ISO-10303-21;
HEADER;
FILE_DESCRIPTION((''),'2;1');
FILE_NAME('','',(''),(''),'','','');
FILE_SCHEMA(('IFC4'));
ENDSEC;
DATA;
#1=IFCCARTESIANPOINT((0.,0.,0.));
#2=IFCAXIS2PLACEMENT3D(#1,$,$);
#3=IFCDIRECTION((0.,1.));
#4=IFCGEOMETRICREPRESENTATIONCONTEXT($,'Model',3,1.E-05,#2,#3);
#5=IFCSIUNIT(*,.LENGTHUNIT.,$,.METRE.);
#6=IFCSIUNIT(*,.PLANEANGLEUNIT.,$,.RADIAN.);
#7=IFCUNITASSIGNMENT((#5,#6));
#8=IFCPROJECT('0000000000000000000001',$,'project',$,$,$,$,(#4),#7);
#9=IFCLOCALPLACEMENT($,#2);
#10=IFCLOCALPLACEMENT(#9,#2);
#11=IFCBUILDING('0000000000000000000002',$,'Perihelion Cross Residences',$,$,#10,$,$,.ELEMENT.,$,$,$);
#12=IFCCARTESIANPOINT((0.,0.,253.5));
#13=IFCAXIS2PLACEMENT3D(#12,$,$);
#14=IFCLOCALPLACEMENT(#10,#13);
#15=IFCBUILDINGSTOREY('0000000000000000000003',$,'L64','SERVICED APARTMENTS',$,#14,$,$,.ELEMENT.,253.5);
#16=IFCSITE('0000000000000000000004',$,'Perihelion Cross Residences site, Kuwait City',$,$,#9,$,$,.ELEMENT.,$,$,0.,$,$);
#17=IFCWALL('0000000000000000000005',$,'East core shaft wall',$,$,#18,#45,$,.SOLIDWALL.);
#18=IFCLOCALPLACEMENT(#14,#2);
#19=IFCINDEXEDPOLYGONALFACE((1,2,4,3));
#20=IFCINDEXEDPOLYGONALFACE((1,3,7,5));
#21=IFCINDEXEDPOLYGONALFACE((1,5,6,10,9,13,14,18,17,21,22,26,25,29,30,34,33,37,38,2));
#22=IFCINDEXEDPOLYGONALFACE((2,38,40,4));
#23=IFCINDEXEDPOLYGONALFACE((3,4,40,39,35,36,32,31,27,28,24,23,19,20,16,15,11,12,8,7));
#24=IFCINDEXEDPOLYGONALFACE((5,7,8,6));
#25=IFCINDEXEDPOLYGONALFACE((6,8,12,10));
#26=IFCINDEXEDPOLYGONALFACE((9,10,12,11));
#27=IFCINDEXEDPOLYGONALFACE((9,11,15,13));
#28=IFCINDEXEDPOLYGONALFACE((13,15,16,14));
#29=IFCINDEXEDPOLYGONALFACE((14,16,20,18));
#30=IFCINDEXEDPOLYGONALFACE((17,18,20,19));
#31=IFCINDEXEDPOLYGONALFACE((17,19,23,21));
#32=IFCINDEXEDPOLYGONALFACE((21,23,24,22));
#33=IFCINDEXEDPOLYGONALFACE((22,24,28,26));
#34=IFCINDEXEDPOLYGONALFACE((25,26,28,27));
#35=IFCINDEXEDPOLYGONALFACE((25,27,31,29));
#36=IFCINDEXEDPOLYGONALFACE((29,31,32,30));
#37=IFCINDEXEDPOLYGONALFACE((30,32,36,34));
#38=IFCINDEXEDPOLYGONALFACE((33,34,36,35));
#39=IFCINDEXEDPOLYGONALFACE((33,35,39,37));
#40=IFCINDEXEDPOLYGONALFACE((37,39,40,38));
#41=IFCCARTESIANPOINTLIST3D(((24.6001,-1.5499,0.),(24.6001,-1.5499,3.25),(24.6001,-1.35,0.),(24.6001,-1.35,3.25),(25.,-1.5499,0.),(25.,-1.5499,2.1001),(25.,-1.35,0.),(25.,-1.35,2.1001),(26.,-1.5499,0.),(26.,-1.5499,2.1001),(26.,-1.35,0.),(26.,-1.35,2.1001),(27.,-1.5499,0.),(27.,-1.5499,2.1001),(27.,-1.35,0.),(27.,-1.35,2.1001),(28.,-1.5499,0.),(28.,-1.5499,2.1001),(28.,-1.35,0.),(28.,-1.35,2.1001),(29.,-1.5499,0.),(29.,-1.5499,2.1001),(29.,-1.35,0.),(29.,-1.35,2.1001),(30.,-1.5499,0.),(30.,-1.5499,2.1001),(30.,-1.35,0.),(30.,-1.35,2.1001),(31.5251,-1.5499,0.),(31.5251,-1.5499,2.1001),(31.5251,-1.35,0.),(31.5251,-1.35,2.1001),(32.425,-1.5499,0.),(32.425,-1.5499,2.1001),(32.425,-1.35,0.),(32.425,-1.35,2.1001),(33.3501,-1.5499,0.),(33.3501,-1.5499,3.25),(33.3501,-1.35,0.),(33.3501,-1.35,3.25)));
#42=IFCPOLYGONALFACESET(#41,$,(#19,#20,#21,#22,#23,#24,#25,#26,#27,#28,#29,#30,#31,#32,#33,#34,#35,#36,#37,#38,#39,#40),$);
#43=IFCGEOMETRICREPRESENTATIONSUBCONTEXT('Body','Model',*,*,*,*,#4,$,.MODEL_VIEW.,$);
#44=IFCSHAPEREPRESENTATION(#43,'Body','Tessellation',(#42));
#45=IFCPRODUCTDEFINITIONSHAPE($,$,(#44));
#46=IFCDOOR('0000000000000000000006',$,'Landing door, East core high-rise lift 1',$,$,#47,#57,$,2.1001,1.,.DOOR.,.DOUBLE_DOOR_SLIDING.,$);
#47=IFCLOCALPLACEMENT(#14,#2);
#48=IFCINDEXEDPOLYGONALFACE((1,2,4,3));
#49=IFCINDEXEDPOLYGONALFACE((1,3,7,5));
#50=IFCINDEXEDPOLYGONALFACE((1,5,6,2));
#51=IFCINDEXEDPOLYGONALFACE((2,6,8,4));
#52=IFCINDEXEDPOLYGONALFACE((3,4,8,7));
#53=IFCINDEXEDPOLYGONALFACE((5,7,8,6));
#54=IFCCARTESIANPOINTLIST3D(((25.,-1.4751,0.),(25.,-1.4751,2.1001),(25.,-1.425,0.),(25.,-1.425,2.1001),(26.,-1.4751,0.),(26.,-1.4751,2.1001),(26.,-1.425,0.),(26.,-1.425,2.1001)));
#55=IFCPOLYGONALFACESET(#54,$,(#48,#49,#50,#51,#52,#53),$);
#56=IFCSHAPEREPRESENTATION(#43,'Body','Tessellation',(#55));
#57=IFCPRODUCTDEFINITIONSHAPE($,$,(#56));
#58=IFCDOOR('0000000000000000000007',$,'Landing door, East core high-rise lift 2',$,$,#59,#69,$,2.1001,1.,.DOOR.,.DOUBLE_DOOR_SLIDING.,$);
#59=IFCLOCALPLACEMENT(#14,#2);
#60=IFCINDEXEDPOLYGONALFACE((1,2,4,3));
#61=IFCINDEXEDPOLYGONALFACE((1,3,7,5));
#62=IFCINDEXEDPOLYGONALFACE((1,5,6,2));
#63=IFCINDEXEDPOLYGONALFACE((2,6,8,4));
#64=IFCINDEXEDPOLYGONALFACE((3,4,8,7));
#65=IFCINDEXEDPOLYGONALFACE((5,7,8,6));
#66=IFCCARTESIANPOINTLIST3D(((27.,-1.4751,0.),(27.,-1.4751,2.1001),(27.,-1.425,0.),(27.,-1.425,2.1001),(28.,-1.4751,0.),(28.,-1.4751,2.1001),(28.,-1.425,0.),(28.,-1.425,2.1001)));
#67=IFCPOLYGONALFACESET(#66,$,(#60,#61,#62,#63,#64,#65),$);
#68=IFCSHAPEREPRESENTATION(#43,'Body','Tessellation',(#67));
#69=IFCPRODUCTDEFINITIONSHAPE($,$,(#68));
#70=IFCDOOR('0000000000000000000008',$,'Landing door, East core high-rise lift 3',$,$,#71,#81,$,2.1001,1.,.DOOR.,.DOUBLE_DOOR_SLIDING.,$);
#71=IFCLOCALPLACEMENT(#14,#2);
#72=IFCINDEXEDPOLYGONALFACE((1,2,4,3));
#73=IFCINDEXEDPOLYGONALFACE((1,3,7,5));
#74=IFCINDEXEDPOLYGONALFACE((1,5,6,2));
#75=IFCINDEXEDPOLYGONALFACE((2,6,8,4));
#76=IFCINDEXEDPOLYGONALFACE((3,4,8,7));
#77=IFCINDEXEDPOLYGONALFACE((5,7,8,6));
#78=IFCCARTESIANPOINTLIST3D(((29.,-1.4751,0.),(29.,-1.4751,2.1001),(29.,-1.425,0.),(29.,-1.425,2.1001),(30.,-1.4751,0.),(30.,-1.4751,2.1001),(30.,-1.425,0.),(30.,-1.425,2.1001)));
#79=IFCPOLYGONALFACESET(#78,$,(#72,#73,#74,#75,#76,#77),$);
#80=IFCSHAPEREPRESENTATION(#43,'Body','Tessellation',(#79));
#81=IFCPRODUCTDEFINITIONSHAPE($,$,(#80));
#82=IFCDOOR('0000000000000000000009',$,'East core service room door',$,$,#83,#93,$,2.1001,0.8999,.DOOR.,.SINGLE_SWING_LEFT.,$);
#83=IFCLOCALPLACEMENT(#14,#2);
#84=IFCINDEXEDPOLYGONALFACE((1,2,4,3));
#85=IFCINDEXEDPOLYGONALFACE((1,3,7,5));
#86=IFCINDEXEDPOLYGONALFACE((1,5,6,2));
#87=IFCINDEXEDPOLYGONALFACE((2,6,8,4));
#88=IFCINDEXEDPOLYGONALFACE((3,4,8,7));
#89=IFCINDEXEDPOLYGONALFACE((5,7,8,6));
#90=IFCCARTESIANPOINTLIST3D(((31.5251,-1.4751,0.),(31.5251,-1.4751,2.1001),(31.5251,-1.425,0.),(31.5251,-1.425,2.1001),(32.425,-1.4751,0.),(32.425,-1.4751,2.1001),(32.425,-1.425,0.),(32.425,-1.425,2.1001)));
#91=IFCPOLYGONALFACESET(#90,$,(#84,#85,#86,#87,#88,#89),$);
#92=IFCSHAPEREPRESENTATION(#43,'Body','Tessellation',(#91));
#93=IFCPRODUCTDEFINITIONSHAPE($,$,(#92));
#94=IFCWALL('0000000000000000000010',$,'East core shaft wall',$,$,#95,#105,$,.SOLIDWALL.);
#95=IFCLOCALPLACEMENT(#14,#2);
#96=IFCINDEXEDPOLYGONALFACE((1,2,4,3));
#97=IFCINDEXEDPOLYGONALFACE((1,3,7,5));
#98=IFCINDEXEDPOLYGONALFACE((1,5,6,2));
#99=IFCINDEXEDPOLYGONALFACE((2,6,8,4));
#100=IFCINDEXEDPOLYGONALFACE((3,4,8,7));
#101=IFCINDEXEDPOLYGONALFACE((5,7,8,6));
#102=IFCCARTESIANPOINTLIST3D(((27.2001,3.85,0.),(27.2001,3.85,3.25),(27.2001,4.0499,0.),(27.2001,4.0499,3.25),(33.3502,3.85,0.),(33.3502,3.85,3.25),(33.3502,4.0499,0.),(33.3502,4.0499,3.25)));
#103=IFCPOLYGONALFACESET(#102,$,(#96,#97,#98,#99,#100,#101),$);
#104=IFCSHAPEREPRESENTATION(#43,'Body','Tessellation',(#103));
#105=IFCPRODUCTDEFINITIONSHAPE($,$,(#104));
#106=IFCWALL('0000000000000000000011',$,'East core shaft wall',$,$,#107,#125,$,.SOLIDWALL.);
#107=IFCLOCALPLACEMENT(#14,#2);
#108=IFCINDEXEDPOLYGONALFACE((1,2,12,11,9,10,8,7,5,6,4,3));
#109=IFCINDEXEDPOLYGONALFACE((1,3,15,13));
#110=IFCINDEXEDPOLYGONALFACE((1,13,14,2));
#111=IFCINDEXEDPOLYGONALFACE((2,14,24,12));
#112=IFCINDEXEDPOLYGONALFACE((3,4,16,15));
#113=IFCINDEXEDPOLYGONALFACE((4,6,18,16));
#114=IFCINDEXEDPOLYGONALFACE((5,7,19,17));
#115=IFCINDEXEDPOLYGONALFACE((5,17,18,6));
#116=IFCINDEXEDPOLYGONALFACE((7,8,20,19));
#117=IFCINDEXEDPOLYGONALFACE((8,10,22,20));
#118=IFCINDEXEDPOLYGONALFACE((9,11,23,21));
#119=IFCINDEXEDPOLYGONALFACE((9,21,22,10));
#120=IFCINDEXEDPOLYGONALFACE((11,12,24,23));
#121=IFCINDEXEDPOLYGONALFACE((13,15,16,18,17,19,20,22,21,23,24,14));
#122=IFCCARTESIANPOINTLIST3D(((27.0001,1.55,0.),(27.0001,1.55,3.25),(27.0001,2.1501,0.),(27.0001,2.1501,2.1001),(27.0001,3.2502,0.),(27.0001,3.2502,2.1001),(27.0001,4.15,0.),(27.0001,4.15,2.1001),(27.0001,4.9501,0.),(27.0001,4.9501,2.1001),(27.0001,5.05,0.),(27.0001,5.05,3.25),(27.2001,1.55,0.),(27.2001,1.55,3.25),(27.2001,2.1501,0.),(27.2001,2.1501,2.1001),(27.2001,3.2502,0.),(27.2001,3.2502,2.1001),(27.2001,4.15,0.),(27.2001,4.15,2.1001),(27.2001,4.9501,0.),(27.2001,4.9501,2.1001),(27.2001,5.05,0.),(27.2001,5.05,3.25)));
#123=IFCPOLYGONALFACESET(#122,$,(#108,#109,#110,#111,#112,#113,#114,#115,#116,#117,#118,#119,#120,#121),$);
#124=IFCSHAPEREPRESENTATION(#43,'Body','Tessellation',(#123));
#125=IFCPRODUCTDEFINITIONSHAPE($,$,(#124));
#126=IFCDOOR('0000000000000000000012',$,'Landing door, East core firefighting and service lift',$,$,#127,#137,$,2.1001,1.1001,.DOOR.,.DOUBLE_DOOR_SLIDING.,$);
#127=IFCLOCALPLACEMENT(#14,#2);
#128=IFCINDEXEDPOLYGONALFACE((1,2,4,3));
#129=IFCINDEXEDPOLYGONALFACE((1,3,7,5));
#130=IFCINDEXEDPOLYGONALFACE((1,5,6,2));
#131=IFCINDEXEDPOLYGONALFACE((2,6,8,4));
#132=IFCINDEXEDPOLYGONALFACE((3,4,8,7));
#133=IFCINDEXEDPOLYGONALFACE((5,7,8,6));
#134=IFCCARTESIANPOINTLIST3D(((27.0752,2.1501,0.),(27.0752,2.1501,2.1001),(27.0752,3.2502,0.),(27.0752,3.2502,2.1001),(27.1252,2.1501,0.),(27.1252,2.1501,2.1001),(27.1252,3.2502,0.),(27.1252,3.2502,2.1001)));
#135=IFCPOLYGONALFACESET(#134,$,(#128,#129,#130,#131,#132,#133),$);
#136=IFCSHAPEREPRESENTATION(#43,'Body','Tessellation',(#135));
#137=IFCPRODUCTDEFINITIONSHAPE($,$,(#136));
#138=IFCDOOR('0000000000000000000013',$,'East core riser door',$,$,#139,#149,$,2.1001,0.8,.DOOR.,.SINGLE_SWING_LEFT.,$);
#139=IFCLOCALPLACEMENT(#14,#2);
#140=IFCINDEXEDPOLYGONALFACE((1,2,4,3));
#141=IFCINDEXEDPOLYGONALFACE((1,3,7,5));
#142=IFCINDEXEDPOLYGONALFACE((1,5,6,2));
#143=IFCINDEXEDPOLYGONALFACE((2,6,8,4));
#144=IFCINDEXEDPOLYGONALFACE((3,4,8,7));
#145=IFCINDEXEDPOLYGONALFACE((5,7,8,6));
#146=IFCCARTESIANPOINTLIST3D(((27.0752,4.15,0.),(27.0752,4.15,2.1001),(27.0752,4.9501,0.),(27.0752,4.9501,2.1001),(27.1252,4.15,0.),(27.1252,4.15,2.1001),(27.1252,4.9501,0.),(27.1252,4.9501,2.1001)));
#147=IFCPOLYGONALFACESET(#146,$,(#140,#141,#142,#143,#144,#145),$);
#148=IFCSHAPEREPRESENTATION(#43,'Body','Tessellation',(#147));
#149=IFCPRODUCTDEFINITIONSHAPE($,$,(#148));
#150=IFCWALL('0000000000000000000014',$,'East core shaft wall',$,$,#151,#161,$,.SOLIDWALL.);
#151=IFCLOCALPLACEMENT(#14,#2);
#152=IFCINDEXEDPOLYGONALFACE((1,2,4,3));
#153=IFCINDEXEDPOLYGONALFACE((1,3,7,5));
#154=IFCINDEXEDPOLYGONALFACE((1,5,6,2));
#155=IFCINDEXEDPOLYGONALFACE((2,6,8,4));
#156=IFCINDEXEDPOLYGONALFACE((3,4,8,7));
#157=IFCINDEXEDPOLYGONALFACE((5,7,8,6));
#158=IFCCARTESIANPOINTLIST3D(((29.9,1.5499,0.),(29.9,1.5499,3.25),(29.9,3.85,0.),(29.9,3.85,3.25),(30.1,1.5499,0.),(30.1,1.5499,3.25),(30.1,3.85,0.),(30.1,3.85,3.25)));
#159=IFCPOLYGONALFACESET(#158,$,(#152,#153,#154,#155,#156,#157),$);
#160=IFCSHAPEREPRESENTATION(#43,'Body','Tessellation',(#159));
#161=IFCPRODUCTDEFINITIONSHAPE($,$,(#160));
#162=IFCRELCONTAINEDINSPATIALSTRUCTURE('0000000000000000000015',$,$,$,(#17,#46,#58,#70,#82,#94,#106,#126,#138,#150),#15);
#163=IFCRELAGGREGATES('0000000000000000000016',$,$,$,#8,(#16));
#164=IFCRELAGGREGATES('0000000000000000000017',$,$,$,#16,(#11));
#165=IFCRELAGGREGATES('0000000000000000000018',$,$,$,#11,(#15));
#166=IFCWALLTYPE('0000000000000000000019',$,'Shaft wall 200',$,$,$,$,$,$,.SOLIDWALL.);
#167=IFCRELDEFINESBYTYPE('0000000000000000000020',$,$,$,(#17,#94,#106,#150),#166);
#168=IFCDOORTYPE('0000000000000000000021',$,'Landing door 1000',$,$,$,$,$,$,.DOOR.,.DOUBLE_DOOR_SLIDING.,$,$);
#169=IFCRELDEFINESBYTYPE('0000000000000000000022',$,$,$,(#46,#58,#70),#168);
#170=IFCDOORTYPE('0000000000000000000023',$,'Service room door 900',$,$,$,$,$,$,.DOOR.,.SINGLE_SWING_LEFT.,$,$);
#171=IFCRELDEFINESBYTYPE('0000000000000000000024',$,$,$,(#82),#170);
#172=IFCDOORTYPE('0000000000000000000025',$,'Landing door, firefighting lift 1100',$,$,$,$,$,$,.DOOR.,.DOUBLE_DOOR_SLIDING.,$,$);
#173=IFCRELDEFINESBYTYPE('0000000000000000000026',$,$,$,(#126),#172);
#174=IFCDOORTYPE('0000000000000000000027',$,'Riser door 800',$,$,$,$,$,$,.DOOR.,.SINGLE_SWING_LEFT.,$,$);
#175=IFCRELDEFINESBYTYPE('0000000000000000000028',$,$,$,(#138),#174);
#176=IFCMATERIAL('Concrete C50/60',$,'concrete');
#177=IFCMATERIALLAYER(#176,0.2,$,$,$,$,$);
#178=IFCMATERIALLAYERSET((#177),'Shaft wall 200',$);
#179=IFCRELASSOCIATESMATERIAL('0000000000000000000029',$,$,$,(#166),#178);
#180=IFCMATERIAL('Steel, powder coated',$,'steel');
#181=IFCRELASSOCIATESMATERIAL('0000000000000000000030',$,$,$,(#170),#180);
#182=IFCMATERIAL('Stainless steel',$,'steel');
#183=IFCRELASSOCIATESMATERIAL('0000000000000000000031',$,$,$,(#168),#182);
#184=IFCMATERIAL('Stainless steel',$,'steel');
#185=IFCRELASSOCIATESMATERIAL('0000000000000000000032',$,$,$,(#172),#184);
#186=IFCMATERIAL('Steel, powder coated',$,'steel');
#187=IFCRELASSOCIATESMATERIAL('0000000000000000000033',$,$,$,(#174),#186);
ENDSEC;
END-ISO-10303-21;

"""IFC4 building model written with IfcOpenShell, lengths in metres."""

from ifc_helpers import new_model, si_unit, direction, frame, frame_2d, origin, place, context, subcontext, project, spatial, rectangle, extrude, material, layer, layer_set, type_object, element, fill, save


model = new_model("IFC4")

# Units and contexts
model_context = context("Model", 3, precision=1e-05, world=origin(), true_north=direction((0.0, 1.0)))
body_context = subcontext(model_context, "Body", "Model", "MODEL_VIEW")
ifc_project = project(units=[si_unit("LENGTHUNIT", "METRE"), si_unit("PLANEANGLEUNIT", "RADIAN")], contexts=[model_context])

# Site, building, storey
site_placement = place(None, origin())
site = spatial("IfcSite", under=ifc_project, at=site_placement, Name="Perihelion Cross Residences site, Kuwait City", CompositionType="ELEMENT", RefElevation=0.0)
building_placement = place(site_placement, origin())
building = spatial("IfcBuilding", under=site, at=building_placement, Name="Perihelion Cross Residences", CompositionType="ELEMENT")
storey_placement = place(building_placement, frame((0.0, 0.0, 253.5)))
storey = spatial("IfcBuildingStorey", under=building, at=storey_placement, Name="L64", Description="SERVICED APARTMENTS", CompositionType="ELEMENT", Elevation=253.5)

# Wall, openings, doors
ifc_material_1 = material(Name="Concrete C50/60", Category="concrete")
ifc_layer_1 = layer(ifc_material_1, 0.2)
ifc_layer_set_1 = layer_set([ifc_layer_1], Name="Shaft wall 200")
wall_type_1 = type_object("IfcWallType", Name="Shaft wall 200", PredefinedType="SOLIDWALL", material=ifc_layer_set_1)
ifc_material_2 = material(Name="Steel, powder coated", Category="steel")
door_type_1 = type_object("IfcDoorType", Name="Service room door 900", OperationType="SINGLE_SWING_LEFT", PredefinedType="DOOR", material=ifc_material_2)
wall_1_placement = place(storey_placement, frame((24.6001, -1.45, 0.0), z_axis=(0.0, 0.0, 1.0), x_axis=(1.0, 0.0, 0.0)))
wall_1 = element("IfcWall", 1, at=wall_1_placement, inside=storey, type_object=wall_type_1, Name="East core shaft wall", PredefinedType="SOLIDWALL", context=body_context, shape_type="SweptSolid", body=[
    extrude(rectangle(XDim=8.75, YDim=0.2, at=frame_2d((4.375, 0.0))), origin(), (0.0, 0.0, 1.0), 3.25),
])
opening_1_placement = place(wall_1_placement, frame((0.3999, 0.0, 0.0)))
opening_1 = element("IfcOpeningElement", 2, at=opening_1_placement, cuts=wall_1, PredefinedType="OPENING", context=body_context, shape_type="SweptSolid", body=[
    extrude(rectangle(XDim=1.0, YDim=2.1001, at=frame_2d((0.5, 1.05))), frame((0.0, 0.1099, 0.0), z_axis=(0.0, -1.0, 0.0), x_axis=(1.0, 0.0, 0.0)), (0.0, 0.0, 1.0), 0.22),
])
opening_2_placement = place(wall_1_placement, frame((2.3999, 0.0, 0.0)))
opening_2 = element("IfcOpeningElement", 3, at=opening_2_placement, cuts=wall_1, PredefinedType="OPENING", context=body_context, shape_type="SweptSolid", body=[
    extrude(rectangle(XDim=1.0, YDim=2.1001, at=frame_2d((0.5, 1.05))), frame((0.0, 0.1099, 0.0), z_axis=(0.0, -1.0, 0.0), x_axis=(1.0, 0.0, 0.0)), (0.0, 0.0, 1.0), 0.22),
])
opening_3_placement = place(wall_1_placement, frame((4.3999, 0.0, 0.0)))
opening_3 = element("IfcOpeningElement", 4, at=opening_3_placement, cuts=wall_1, PredefinedType="OPENING", context=body_context, shape_type="SweptSolid", body=[
    extrude(rectangle(XDim=1.0, YDim=2.1001, at=frame_2d((0.5, 1.05))), frame((0.0, 0.1099, 0.0), z_axis=(0.0, -1.0, 0.0), x_axis=(1.0, 0.0, 0.0)), (0.0, 0.0, 1.0), 0.22),
])
opening_4_placement = place(wall_1_placement, frame((6.925, 0.0, 0.0)))
opening_4 = element("IfcOpeningElement", 5, at=opening_4_placement, cuts=wall_1, PredefinedType="OPENING", context=body_context, shape_type="SweptSolid", body=[
    extrude(rectangle(XDim=0.8999, YDim=2.1001, at=frame_2d((0.45, 1.05))), frame((0.0, 0.1099, 0.0), z_axis=(0.0, -1.0, 0.0), x_axis=(1.0, 0.0, 0.0)), (0.0, 0.0, 1.0), 0.22),
])
ifc_material_3 = material(Name="Stainless steel", Category="steel")
door_type_2 = type_object("IfcDoorType", Name="Landing door 1000", OperationType="DOUBLE_DOOR_SLIDING", PredefinedType="DOOR", material=ifc_material_3)
door_1_placement = place(opening_1_placement, origin())
door_1 = element("IfcDoor", 6, at=door_1_placement, inside=storey, type_object=door_type_2, Name="Landing door, East core high-rise lift 1", OperationType="DOUBLE_DOOR_SLIDING", OverallHeight=2.1001, OverallWidth=1.0, PredefinedType="DOOR", context=body_context, shape_type="SweptSolid", body=[
    extrude(rectangle(XDim=1.0, YDim=2.1001, at=frame_2d((0.5, 1.05))), frame((0.0, 0.0249, 0.0), z_axis=(0.0, -1.0, 0.0), x_axis=(1.0, 0.0, 0.0)), (0.0, 0.0, 1.0), 0.05),
])
fill(opening_1, door_1)
door_2_placement = place(opening_2_placement, origin())
door_2 = element("IfcDoor", 7, at=door_2_placement, inside=storey, type_object=door_type_2, Name="Landing door, East core high-rise lift 2", OperationType="DOUBLE_DOOR_SLIDING", OverallHeight=2.1001, OverallWidth=1.0, PredefinedType="DOOR", context=body_context, shape_type="SweptSolid", body=[
    extrude(rectangle(XDim=1.0, YDim=2.1001, at=frame_2d((0.5, 1.05))), frame((0.0, 0.0249, 0.0), z_axis=(0.0, -1.0, 0.0), x_axis=(1.0, 0.0, 0.0)), (0.0, 0.0, 1.0), 0.05),
])
fill(opening_2, door_2)
door_3_placement = place(opening_3_placement, origin())
door_3 = element("IfcDoor", 8, at=door_3_placement, inside=storey, type_object=door_type_2, Name="Landing door, East core high-rise lift 3", OperationType="DOUBLE_DOOR_SLIDING", OverallHeight=2.1001, OverallWidth=1.0, PredefinedType="DOOR", context=body_context, shape_type="SweptSolid", body=[
    extrude(rectangle(XDim=1.0, YDim=2.1001, at=frame_2d((0.5, 1.05))), frame((0.0, 0.0249, 0.0), z_axis=(0.0, -1.0, 0.0), x_axis=(1.0, 0.0, 0.0)), (0.0, 0.0, 1.0), 0.05),
])
fill(opening_3, door_3)
door_4_placement = place(opening_4_placement, origin())
door_4 = element("IfcDoor", 9, at=door_4_placement, inside=storey, type_object=door_type_1, Name="East core service room door", OperationType="SINGLE_SWING_LEFT", OverallHeight=2.1001, OverallWidth=0.8999, PredefinedType="DOOR", context=body_context, shape_type="SweptSolid", body=[
    extrude(rectangle(XDim=0.8999, YDim=2.1001, at=frame_2d((0.45, 1.05))), frame((0.0, 0.0249, 0.0), z_axis=(0.0, -1.0, 0.0), x_axis=(1.0, 0.0, 0.0)), (0.0, 0.0, 1.0), 0.05),
])
fill(opening_4, door_4)

# Wall
wall_2_placement = place(storey_placement, frame((27.2, 3.95, 0.0), z_axis=(0.0, 0.0, 1.0), x_axis=(1.0, 0.0, 0.0)))
element("IfcWall", 10, at=wall_2_placement, inside=storey, type_object=wall_type_1, Name="East core shaft wall", PredefinedType="SOLIDWALL", context=body_context, shape_type="SweptSolid", body=[
    extrude(rectangle(XDim=6.1501, YDim=0.2, at=frame_2d((3.0752, 0.0))), origin(), (0.0, 0.0, 1.0), 3.25),
])

# Wall, openings, doors
wall_3_placement = place(storey_placement, frame((27.1001, 1.55, 0.0), z_axis=(0.0, 0.0, 1.0), x_axis=(0.0, 1.0, 0.0)))
wall_3 = element("IfcWall", 11, at=wall_3_placement, inside=storey, type_object=wall_type_1, Name="East core shaft wall", PredefinedType="SOLIDWALL", context=body_context, shape_type="SweptSolid", body=[
    extrude(rectangle(XDim=3.5, YDim=0.2, at=frame_2d((1.75, 0.0))), origin(), (0.0, 0.0, 1.0), 3.25),
])
opening_5_placement = place(wall_3_placement, frame((0.6001, 0.0, 0.0)))
opening_5 = element("IfcOpeningElement", 12, at=opening_5_placement, cuts=wall_3, PredefinedType="OPENING", context=body_context, shape_type="SweptSolid", body=[
    extrude(rectangle(XDim=1.1001, YDim=2.1001, at=frame_2d((0.55, 1.05))), frame((0.0, 0.1099, 0.0), z_axis=(0.0, -1.0, 0.0), x_axis=(1.0, 0.0, 0.0)), (0.0, 0.0, 1.0), 0.22),
])
opening_6_placement = place(wall_3_placement, frame((2.6001, 0.0, 0.0)))
opening_6 = element("IfcOpeningElement", 13, at=opening_6_placement, cuts=wall_3, PredefinedType="OPENING", context=body_context, shape_type="SweptSolid", body=[
    extrude(rectangle(XDim=0.8, YDim=2.1001, at=frame_2d((0.3999, 1.05))), frame((0.0, 0.1099, 0.0), z_axis=(0.0, -1.0, 0.0), x_axis=(1.0, 0.0, 0.0)), (0.0, 0.0, 1.0), 0.22),
])
ifc_material_4 = material(Name="Stainless steel", Category="steel")
door_type_3 = type_object("IfcDoorType", Name="Landing door, firefighting lift 1100", OperationType="DOUBLE_DOOR_SLIDING", PredefinedType="DOOR", material=ifc_material_4)
door_5_placement = place(opening_5_placement, origin())
door_5 = element("IfcDoor", 14, at=door_5_placement, inside=storey, type_object=door_type_3, Name="Landing door, East core firefighting and service lift", OperationType="DOUBLE_DOOR_SLIDING", OverallHeight=2.1001, OverallWidth=1.1001, PredefinedType="DOOR", context=body_context, shape_type="SweptSolid", body=[
    extrude(rectangle(XDim=1.1001, YDim=2.1001, at=frame_2d((0.55, 1.05))), frame((0.0, 0.0249, 0.0), z_axis=(0.0, -1.0, 0.0), x_axis=(1.0, 0.0, 0.0)), (0.0, 0.0, 1.0), 0.05),
])
fill(opening_5, door_5)
ifc_material_5 = material(Name="Steel, powder coated", Category="steel")
door_type_4 = type_object("IfcDoorType", Name="Riser door 800", OperationType="SINGLE_SWING_LEFT", PredefinedType="DOOR", material=ifc_material_5)
door_6_placement = place(opening_6_placement, origin())
door_6 = element("IfcDoor", 15, at=door_6_placement, inside=storey, type_object=door_type_4, Name="East core riser door", OperationType="SINGLE_SWING_LEFT", OverallHeight=2.1001, OverallWidth=0.8, PredefinedType="DOOR", context=body_context, shape_type="SweptSolid", body=[
    extrude(rectangle(XDim=0.8, YDim=2.1001, at=frame_2d((0.3999, 1.05))), frame((0.0, 0.0249, 0.0), z_axis=(0.0, -1.0, 0.0), x_axis=(1.0, 0.0, 0.0)), (0.0, 0.0, 1.0), 0.05),
])
fill(opening_6, door_6)

# Wall
wall_4_placement = place(storey_placement, frame((30.0, 1.55, 0.0), z_axis=(0.0, 0.0, 1.0), x_axis=(0.0, 1.0, 0.0)))
element("IfcWall", 16, at=wall_4_placement, inside=storey, type_object=wall_type_1, Name="East core shaft wall", PredefinedType="SOLIDWALL", context=body_context, shape_type="SweptSolid", body=[
    extrude(rectangle(XDim=2.3, YDim=0.2, at=frame_2d((1.1499, 0.0))), origin(), (0.0, 0.0, 1.0), 3.25),
])

save(model, "model.ifc")
